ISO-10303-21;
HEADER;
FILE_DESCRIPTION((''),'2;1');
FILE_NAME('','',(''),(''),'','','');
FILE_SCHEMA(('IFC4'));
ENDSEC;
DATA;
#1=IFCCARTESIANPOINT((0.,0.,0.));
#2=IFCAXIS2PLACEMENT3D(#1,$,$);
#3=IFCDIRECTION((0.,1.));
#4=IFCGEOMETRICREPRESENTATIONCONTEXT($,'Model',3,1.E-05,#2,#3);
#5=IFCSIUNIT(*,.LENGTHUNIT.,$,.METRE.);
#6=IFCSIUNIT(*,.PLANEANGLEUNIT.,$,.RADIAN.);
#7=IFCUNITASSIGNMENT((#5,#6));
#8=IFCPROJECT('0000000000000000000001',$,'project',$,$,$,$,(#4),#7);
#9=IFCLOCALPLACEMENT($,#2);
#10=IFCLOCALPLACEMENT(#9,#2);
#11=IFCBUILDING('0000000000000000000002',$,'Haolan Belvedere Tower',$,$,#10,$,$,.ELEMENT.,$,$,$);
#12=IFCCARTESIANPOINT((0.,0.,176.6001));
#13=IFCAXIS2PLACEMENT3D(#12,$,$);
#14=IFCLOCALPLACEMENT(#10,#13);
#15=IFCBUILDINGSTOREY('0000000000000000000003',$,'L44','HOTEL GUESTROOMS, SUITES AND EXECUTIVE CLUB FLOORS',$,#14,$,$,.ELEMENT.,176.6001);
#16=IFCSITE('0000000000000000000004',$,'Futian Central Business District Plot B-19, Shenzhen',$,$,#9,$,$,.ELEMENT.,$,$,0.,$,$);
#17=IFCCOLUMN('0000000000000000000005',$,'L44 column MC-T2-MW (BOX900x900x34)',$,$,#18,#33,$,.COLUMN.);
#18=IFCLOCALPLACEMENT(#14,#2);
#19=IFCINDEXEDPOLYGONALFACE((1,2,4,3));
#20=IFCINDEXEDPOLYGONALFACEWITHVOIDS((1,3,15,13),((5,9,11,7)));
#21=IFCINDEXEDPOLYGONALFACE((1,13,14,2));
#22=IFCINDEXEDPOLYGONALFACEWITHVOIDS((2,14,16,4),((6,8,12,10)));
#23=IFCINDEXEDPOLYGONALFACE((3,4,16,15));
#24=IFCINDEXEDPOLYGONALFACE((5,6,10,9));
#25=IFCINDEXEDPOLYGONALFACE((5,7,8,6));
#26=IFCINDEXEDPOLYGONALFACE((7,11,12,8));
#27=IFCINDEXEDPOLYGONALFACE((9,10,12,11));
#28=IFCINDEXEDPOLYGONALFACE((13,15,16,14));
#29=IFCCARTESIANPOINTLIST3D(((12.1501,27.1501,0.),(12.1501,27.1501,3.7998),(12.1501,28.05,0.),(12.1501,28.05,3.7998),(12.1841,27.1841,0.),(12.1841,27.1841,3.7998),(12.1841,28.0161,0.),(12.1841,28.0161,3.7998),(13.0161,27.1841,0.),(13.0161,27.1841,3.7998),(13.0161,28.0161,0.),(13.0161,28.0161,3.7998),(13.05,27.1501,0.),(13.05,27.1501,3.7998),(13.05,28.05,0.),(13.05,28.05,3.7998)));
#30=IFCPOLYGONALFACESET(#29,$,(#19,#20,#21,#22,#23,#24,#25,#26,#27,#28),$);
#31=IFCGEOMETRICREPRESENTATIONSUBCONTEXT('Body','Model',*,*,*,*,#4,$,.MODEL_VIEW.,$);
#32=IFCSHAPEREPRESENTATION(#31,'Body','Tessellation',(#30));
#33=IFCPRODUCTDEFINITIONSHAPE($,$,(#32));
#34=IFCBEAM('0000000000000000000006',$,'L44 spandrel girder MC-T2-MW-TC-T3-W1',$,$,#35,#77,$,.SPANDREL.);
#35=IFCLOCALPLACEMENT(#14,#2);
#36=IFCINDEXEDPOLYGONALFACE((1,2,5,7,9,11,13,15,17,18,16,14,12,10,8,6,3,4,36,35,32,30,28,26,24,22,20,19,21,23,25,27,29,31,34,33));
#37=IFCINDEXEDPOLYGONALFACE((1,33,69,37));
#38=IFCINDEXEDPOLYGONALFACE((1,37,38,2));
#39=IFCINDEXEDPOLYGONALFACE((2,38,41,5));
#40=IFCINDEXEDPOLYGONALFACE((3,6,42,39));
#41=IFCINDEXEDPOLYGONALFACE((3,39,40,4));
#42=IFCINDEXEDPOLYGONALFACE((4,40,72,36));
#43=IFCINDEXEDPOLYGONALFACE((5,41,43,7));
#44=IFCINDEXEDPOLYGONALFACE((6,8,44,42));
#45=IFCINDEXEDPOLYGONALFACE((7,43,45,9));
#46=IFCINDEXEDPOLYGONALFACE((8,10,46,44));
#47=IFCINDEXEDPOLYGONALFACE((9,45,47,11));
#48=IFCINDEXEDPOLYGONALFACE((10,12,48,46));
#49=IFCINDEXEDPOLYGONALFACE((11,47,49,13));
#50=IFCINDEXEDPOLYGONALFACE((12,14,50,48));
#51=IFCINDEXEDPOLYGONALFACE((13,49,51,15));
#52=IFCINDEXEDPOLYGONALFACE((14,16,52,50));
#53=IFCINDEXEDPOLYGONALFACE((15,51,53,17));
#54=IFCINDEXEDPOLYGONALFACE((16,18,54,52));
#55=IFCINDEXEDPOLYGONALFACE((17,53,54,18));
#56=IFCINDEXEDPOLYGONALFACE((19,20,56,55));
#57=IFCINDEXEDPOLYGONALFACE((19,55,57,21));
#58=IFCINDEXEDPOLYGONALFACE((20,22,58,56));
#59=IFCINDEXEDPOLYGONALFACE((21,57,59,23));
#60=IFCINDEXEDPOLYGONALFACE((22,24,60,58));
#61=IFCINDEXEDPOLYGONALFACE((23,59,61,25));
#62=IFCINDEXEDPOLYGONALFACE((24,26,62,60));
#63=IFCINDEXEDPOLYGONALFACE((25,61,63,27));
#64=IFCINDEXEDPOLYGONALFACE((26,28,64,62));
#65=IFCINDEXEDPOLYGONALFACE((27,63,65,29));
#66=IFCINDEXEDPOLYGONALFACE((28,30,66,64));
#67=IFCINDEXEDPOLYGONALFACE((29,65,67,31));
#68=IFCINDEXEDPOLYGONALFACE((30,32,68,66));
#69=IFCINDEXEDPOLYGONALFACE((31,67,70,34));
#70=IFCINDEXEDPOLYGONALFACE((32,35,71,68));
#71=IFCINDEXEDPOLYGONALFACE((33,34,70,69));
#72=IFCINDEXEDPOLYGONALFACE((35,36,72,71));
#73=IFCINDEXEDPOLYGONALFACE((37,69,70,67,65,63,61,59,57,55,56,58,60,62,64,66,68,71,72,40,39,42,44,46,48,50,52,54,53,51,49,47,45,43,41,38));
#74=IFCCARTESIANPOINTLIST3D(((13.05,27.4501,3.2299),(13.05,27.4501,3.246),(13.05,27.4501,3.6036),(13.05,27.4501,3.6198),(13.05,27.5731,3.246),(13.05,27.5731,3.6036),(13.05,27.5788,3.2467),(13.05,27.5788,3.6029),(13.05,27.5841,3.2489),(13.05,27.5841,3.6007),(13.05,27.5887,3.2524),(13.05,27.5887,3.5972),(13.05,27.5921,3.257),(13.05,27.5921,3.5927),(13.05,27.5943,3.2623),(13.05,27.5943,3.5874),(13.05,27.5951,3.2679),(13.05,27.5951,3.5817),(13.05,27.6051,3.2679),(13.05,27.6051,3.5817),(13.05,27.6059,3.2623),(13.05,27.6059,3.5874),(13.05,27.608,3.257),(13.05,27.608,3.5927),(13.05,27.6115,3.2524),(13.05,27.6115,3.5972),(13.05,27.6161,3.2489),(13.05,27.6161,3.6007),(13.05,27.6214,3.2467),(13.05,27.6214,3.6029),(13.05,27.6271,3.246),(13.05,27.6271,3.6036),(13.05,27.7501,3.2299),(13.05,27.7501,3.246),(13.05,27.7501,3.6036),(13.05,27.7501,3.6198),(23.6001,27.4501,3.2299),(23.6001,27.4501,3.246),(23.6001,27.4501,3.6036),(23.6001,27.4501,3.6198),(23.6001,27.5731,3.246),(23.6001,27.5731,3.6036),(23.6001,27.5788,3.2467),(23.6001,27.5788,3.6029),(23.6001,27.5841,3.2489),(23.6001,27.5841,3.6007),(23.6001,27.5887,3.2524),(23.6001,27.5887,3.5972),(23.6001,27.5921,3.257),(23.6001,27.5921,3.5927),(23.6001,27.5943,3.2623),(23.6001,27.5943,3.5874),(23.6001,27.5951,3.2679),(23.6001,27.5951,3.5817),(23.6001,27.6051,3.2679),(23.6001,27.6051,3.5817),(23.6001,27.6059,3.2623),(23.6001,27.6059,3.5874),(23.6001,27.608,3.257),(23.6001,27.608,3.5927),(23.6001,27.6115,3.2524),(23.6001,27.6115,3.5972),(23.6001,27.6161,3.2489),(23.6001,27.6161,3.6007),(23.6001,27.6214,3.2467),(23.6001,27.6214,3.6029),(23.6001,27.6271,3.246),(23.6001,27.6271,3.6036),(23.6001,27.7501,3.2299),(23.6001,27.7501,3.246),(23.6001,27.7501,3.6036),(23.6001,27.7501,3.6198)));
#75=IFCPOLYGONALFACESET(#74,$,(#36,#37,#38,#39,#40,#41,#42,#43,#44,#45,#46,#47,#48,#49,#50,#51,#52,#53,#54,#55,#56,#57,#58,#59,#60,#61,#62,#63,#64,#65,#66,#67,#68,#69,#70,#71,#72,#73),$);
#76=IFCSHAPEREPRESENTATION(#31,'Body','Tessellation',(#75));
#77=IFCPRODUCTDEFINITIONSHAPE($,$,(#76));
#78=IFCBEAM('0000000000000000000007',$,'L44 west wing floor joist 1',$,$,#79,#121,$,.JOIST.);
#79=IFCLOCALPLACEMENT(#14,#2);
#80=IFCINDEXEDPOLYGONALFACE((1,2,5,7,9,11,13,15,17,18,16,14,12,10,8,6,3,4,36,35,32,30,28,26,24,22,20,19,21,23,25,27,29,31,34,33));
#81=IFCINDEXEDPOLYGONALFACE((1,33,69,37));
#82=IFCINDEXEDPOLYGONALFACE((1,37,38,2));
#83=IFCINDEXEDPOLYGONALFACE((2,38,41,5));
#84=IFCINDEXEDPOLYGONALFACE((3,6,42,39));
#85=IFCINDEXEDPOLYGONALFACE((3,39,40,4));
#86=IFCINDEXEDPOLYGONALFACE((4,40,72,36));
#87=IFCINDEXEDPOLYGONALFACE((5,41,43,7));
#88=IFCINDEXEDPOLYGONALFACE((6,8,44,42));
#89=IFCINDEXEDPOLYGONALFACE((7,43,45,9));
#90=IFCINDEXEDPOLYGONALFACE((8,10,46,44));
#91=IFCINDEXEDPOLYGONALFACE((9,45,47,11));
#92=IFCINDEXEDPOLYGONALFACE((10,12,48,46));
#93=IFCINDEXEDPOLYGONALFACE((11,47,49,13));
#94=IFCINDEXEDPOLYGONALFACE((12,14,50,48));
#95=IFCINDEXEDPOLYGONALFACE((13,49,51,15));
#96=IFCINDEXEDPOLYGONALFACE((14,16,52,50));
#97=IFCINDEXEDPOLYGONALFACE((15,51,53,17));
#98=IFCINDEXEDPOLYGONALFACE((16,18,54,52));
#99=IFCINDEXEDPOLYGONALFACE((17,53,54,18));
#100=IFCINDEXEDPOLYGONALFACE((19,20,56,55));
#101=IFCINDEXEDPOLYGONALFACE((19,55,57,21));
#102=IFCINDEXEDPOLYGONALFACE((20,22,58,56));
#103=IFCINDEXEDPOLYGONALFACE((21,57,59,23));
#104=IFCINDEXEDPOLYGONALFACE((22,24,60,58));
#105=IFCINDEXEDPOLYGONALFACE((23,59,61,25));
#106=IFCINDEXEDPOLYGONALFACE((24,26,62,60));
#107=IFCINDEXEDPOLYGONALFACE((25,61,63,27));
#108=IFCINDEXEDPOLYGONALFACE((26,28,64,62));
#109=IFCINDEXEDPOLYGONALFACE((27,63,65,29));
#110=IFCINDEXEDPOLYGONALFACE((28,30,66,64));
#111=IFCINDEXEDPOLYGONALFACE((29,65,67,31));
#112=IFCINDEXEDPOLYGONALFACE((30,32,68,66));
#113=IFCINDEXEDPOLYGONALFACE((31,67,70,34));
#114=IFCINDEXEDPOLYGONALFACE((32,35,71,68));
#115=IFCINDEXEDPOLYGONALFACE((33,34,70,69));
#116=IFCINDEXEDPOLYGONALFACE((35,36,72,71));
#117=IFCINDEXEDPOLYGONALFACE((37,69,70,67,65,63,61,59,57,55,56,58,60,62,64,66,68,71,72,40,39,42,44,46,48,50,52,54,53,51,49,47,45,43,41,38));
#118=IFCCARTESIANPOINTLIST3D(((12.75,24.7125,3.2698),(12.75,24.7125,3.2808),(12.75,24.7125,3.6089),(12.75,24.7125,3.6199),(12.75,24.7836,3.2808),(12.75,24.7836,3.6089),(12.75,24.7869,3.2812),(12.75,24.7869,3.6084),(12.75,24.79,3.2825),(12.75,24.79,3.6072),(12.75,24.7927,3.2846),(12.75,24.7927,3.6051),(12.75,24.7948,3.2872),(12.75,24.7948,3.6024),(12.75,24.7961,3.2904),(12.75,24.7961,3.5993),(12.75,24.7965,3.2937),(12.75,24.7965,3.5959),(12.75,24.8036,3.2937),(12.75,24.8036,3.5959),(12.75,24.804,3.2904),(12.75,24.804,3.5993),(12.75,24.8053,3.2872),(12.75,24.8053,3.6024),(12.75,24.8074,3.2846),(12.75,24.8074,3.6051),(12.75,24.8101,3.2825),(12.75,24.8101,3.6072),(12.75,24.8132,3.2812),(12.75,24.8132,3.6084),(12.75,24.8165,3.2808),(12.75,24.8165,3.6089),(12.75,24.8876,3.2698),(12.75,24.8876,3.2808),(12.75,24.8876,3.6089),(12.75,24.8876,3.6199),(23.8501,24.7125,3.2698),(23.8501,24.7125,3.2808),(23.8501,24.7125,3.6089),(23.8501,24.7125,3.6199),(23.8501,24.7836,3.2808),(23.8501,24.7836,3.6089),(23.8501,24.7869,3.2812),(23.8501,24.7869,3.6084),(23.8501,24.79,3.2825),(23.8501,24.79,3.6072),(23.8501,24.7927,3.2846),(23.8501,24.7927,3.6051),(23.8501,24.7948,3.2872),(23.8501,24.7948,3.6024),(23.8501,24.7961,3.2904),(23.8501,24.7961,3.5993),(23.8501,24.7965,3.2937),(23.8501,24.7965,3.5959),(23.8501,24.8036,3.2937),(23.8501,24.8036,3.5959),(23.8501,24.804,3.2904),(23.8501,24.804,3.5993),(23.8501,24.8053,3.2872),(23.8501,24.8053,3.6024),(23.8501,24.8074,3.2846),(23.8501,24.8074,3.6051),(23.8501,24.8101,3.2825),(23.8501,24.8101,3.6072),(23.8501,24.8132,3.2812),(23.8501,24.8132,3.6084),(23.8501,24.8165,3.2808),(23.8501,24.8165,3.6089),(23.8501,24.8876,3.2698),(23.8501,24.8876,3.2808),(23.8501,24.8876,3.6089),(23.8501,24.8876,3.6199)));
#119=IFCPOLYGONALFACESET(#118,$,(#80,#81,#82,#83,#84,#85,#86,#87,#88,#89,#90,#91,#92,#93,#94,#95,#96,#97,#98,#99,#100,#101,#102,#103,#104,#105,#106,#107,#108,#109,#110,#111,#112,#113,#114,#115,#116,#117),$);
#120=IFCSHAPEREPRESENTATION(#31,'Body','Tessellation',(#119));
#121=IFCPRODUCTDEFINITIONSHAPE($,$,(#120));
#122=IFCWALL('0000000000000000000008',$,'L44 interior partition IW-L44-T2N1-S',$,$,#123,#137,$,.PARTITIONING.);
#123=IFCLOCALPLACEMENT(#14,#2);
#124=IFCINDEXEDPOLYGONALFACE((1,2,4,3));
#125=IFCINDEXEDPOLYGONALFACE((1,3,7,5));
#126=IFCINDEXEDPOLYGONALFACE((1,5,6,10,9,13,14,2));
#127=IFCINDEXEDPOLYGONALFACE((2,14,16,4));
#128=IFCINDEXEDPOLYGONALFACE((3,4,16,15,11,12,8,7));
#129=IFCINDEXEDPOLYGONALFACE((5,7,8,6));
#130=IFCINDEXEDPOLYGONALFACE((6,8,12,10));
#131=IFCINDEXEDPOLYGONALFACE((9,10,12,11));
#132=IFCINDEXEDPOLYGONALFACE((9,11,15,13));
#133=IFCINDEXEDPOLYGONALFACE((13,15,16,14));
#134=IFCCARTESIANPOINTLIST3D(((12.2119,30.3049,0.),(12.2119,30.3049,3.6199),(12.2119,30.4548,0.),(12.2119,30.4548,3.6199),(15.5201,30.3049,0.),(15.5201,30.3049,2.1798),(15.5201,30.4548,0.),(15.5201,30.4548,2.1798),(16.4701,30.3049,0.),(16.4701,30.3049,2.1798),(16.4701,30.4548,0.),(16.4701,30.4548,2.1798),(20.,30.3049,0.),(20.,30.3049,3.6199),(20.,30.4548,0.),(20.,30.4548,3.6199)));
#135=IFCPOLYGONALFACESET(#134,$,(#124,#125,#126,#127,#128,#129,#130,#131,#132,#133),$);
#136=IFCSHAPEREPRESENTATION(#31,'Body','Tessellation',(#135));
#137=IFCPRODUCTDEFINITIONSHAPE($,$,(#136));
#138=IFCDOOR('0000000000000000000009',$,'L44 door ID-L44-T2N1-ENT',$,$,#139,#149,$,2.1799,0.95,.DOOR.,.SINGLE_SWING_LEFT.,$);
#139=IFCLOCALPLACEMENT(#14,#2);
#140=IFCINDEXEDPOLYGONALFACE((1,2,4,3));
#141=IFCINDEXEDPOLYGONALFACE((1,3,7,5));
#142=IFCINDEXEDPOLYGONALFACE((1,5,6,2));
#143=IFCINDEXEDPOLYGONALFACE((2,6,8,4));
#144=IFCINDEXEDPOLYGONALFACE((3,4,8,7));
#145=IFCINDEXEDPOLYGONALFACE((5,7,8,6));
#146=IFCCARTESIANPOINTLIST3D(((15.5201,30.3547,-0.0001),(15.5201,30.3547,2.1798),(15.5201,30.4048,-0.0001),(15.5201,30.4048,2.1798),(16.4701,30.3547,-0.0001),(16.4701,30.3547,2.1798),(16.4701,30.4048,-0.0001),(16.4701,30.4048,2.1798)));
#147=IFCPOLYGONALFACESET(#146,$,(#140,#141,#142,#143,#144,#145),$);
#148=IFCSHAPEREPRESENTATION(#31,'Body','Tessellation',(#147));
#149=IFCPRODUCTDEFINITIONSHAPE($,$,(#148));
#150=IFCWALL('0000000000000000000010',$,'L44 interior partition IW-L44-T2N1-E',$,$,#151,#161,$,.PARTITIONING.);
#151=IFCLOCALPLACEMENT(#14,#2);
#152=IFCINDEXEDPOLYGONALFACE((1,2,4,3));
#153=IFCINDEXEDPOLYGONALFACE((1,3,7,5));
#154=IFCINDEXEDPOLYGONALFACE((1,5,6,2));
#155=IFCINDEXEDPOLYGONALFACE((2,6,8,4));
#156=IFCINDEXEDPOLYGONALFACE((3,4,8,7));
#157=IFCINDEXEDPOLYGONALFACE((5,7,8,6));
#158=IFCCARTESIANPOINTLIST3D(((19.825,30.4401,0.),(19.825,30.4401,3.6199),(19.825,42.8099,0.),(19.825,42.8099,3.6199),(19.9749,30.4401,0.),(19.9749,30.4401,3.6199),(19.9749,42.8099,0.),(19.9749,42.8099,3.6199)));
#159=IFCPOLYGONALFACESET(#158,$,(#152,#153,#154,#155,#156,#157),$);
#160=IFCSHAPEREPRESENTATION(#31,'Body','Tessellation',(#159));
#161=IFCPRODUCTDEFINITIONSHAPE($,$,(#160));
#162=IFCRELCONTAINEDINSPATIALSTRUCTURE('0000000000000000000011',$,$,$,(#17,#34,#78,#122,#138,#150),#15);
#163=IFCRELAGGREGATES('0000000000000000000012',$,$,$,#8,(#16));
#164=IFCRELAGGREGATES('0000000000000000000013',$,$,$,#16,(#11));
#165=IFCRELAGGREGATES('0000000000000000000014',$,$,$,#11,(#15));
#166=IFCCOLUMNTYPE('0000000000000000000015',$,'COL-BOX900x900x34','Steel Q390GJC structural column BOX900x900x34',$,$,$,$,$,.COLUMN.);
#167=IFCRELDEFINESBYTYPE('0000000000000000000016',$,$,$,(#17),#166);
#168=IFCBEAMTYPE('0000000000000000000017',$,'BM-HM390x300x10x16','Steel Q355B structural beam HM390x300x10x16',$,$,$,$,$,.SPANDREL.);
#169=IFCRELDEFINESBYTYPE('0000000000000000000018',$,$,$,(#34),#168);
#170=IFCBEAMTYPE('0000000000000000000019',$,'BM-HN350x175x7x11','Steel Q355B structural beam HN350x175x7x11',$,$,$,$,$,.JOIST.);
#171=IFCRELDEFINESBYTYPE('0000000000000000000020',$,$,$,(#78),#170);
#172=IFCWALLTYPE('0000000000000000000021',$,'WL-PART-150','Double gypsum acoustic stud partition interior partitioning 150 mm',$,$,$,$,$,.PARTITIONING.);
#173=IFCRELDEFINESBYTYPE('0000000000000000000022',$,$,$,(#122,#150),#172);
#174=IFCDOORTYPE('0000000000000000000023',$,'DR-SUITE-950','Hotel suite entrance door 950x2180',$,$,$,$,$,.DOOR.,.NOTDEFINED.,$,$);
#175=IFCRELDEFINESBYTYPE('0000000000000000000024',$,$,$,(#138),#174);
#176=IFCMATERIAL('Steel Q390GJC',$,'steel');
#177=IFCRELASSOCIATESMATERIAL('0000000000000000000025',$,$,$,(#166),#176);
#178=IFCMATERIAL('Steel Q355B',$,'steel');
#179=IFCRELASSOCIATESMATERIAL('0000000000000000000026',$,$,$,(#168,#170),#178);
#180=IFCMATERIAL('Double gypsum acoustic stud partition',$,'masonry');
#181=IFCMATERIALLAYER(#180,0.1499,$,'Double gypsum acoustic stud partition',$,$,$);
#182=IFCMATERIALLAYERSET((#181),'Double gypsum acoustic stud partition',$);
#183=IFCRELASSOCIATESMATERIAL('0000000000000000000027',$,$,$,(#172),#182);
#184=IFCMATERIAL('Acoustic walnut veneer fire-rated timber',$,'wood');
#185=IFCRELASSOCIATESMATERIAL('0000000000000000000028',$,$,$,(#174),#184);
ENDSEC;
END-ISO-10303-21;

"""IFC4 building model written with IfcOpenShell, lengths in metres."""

from ifc_helpers import new_model, si_unit, direction, frame, frame_2d, origin, origin_2d, place, context, subcontext, project, spatial, rectangle, hollow_rectangle, i_section, extrude, material, layer, layer_set, material_profile, profile_set, type_object, element, fill, save


model = new_model("IFC4")

# Units and contexts
model_context = context("Model", 3, precision=1e-05, world=origin(), true_north=direction((0.0, 1.0)))
body_context = subcontext(model_context, "Body", "Model", "MODEL_VIEW")
ifc_project = project(units=[si_unit("LENGTHUNIT", "METRE"), si_unit("PLANEANGLEUNIT", "RADIAN")], contexts=[model_context])

# Site, building, storey
site_placement = place(None, origin())
site = spatial("IfcSite", under=ifc_project, at=site_placement, Name="Futian Central Business District Plot B-19, Shenzhen", CompositionType="ELEMENT", RefElevation=0.0)
building_placement = place(site_placement, origin())
building = spatial("IfcBuilding", under=site, at=building_placement, Name="Haolan Belvedere Tower", CompositionType="ELEMENT")
storey_placement = place(building_placement, frame((0.0, 0.0, 176.6001)))
storey = spatial("IfcBuildingStorey", under=building, at=storey_placement, Name="L44", Description="HOTEL GUESTROOMS, SUITES AND EXECUTIVE CLUB FLOORS", CompositionType="ELEMENT", Elevation=176.6001)

# Column
ifc_material_1 = material(Name="Steel Q390GJC", Category="steel")
ifc_material_profile_1 = material_profile(ifc_material_1, hollow_rectangle(XDim=0.8999, YDim=0.8999, WallThickness=0.0339, at=origin_2d()), Name="Steel Q390GJC")
ifc_profile_set_1 = profile_set([ifc_material_profile_1], Name="Steel Q390GJC")
column_type = type_object("IfcColumnType", Name="COL-BOX900x900x34", Description="Steel Q390GJC structural column BOX900x900x34", PredefinedType="COLUMN", material=ifc_profile_set_1)
column_placement = place(storey_placement, frame((12.6001, 27.6001, 0.0), z_axis=(0.0, 0.0, 1.0), x_axis=(1.0, 0.0, 0.0)))
element("IfcColumn", 1, at=column_placement, inside=storey, type_object=column_type, Name="L44 column MC-T2-MW (BOX900x900x34)", PredefinedType="COLUMN", context=body_context, shape_type="SweptSolid", body=[
    extrude(hollow_rectangle(XDim=0.8999, YDim=0.8999, WallThickness=0.0339, at=origin_2d()), origin(), (0.0, 0.0, 1.0), 3.7998),
])

# Beams
ifc_material_2 = material(Name="Steel Q355B", Category="steel")
ifc_material_profile_2 = material_profile(ifc_material_2, i_section(OverallWidth=0.3, OverallDepth=0.3899, WebThickness=0.01, FlangeThickness=0.0161, FilletRadius=0.022, at=origin_2d()), Name="Steel Q355B")
ifc_profile_set_2 = profile_set([ifc_material_profile_2], Name="Steel Q355B")
beam_type_1 = type_object("IfcBeamType", Name="BM-HM390x300x10x16", Description="Steel Q355B structural beam HM390x300x10x16", PredefinedType="SPANDREL", material=ifc_profile_set_2)
beam_1_placement = place(storey_placement, frame((13.05, 27.6001, 3.4248), z_axis=(1.0, 0.0, 0.0), x_axis=(0.0, 1.0, 0.0)))
element("IfcBeam", 2, at=beam_1_placement, inside=storey, type_object=beam_type_1, Name="L44 spandrel girder MC-T2-MW-TC-T3-W1", PredefinedType="SPANDREL", context=body_context, shape_type="SweptSolid", body=[
    extrude(i_section(OverallWidth=0.3, OverallDepth=0.3899, WebThickness=0.01, FlangeThickness=0.0161, FilletRadius=0.022, at=origin_2d()), origin(), (0.0, 0.0, 1.0), 10.55),
])
ifc_material_profile_3 = material_profile(ifc_material_2, i_section(OverallWidth=0.175, OverallDepth=0.3501, WebThickness=0.0071, FlangeThickness=0.011, FilletRadius=0.0129, at=origin_2d()), Name="Steel Q355B")
ifc_profile_set_3 = profile_set([ifc_material_profile_3], Name="Steel Q355B")
beam_type_2 = type_object("IfcBeamType", Name="BM-HN350x175x7x11", Description="Steel Q355B structural beam HN350x175x7x11", PredefinedType="JOIST", material=ifc_profile_set_3)
beam_2_placement = place(storey_placement, frame((12.75, 24.8, 3.4448), z_axis=(1.0, 0.0, 0.0), x_axis=(0.0, 1.0, 0.0)))
element("IfcBeam", 3, at=beam_2_placement, inside=storey, type_object=beam_type_2, Name="L44 west wing floor joist 1", PredefinedType="JOIST", context=body_context, shape_type="SweptSolid", body=[
    extrude(i_section(OverallWidth=0.175, OverallDepth=0.3501, WebThickness=0.0071, FlangeThickness=0.011, FilletRadius=0.0129, at=origin_2d()), origin(), (0.0, 0.0, 1.0), 11.1001),
])

# Wall, opening, door
ifc_material_3 = material(Name="Double gypsum acoustic stud partition", Category="masonry")
ifc_layer_1 = layer(ifc_material_3, 0.1499, Name="Double gypsum acoustic stud partition")
ifc_layer_set_1 = layer_set([ifc_layer_1], Name="Double gypsum acoustic stud partition")
wall_type_1 = type_object("IfcWallType", Name="WL-PART-150", Description="Double gypsum acoustic stud partition interior partitioning 150 mm", PredefinedType="PARTITIONING", material=ifc_layer_set_1)
wall_1_placement = place(storey_placement, frame((12.2119, 30.3799, 0.0), z_axis=(0.0, 0.0, 1.0), x_axis=(1.0, 0.0, 0.0)))
wall_1 = element("IfcWall", 4, at=wall_1_placement, inside=storey, type_object=wall_type_1, Name="L44 interior partition IW-L44-T2N1-S", PredefinedType="PARTITIONING", context=body_context, shape_type="SweptSolid", body=[
    extrude(rectangle(XDim=7.7881, YDim=0.1499, at=frame_2d((3.894, 0.0))), origin(), (0.0, 0.0, 1.0), 3.6199),
])
opening_1_placement = place(wall_1_placement, frame((3.3081, 0.0, 0.0)))
opening_1 = element("IfcOpeningElement", 5, at=opening_1_placement, cuts=wall_1, PredefinedType="OPENING", context=body_context, shape_type="SweptSolid", body=[
    extrude(rectangle(XDim=0.95, YDim=2.1799, at=frame_2d((0.4751, 1.0898))), frame((0.0, 0.085, 0.0), z_axis=(0.0, -1.0, 0.0), x_axis=(1.0, 0.0, 0.0)), (0.0, 0.0, 1.0), 0.1699),
])
ifc_material_4 = material(Name="Acoustic walnut veneer fire-rated timber", Category="wood")
door_type_1 = type_object("IfcDoorType", Name="DR-SUITE-950", Description="Hotel suite entrance door 950x2180", OperationType="NOTDEFINED", PredefinedType="DOOR", material=ifc_material_4)
door_1_placement = place(opening_1_placement, origin())
door_1 = element("IfcDoor", 6, at=door_1_placement, inside=storey, type_object=door_type_1, Name="L44 door ID-L44-T2N1-ENT", OperationType="SINGLE_SWING_LEFT", OverallHeight=2.1799, OverallWidth=0.95, PredefinedType="DOOR", context=body_context, shape_type="SweptSolid", body=[
    extrude(rectangle(XDim=0.95, YDim=2.1799, at=frame_2d((0.4751, 1.0898))), frame((0.0, 0.0249, 0.0), z_axis=(0.0, -1.0, 0.0), x_axis=(1.0, 0.0, 0.0)), (0.0, 0.0, 1.0), 0.05),
])
fill(opening_1, door_1)

# Wall
wall_2_placement = place(storey_placement, frame((19.8999, 30.4399, 0.0), z_axis=(0.0, 0.0, 1.0), x_axis=(0.0, 1.0, 0.0)))
element("IfcWall", 7, at=wall_2_placement, inside=storey, type_object=wall_type_1, Name="L44 interior partition IW-L44-T2N1-E", PredefinedType="PARTITIONING", context=body_context, shape_type="SweptSolid", body=[
    extrude(rectangle(XDim=12.3699, YDim=0.1499, at=frame_2d((6.1851, 0.0))), origin(), (0.0, 0.0, 1.0), 3.6199),
])

save(model, "model.ifc")
